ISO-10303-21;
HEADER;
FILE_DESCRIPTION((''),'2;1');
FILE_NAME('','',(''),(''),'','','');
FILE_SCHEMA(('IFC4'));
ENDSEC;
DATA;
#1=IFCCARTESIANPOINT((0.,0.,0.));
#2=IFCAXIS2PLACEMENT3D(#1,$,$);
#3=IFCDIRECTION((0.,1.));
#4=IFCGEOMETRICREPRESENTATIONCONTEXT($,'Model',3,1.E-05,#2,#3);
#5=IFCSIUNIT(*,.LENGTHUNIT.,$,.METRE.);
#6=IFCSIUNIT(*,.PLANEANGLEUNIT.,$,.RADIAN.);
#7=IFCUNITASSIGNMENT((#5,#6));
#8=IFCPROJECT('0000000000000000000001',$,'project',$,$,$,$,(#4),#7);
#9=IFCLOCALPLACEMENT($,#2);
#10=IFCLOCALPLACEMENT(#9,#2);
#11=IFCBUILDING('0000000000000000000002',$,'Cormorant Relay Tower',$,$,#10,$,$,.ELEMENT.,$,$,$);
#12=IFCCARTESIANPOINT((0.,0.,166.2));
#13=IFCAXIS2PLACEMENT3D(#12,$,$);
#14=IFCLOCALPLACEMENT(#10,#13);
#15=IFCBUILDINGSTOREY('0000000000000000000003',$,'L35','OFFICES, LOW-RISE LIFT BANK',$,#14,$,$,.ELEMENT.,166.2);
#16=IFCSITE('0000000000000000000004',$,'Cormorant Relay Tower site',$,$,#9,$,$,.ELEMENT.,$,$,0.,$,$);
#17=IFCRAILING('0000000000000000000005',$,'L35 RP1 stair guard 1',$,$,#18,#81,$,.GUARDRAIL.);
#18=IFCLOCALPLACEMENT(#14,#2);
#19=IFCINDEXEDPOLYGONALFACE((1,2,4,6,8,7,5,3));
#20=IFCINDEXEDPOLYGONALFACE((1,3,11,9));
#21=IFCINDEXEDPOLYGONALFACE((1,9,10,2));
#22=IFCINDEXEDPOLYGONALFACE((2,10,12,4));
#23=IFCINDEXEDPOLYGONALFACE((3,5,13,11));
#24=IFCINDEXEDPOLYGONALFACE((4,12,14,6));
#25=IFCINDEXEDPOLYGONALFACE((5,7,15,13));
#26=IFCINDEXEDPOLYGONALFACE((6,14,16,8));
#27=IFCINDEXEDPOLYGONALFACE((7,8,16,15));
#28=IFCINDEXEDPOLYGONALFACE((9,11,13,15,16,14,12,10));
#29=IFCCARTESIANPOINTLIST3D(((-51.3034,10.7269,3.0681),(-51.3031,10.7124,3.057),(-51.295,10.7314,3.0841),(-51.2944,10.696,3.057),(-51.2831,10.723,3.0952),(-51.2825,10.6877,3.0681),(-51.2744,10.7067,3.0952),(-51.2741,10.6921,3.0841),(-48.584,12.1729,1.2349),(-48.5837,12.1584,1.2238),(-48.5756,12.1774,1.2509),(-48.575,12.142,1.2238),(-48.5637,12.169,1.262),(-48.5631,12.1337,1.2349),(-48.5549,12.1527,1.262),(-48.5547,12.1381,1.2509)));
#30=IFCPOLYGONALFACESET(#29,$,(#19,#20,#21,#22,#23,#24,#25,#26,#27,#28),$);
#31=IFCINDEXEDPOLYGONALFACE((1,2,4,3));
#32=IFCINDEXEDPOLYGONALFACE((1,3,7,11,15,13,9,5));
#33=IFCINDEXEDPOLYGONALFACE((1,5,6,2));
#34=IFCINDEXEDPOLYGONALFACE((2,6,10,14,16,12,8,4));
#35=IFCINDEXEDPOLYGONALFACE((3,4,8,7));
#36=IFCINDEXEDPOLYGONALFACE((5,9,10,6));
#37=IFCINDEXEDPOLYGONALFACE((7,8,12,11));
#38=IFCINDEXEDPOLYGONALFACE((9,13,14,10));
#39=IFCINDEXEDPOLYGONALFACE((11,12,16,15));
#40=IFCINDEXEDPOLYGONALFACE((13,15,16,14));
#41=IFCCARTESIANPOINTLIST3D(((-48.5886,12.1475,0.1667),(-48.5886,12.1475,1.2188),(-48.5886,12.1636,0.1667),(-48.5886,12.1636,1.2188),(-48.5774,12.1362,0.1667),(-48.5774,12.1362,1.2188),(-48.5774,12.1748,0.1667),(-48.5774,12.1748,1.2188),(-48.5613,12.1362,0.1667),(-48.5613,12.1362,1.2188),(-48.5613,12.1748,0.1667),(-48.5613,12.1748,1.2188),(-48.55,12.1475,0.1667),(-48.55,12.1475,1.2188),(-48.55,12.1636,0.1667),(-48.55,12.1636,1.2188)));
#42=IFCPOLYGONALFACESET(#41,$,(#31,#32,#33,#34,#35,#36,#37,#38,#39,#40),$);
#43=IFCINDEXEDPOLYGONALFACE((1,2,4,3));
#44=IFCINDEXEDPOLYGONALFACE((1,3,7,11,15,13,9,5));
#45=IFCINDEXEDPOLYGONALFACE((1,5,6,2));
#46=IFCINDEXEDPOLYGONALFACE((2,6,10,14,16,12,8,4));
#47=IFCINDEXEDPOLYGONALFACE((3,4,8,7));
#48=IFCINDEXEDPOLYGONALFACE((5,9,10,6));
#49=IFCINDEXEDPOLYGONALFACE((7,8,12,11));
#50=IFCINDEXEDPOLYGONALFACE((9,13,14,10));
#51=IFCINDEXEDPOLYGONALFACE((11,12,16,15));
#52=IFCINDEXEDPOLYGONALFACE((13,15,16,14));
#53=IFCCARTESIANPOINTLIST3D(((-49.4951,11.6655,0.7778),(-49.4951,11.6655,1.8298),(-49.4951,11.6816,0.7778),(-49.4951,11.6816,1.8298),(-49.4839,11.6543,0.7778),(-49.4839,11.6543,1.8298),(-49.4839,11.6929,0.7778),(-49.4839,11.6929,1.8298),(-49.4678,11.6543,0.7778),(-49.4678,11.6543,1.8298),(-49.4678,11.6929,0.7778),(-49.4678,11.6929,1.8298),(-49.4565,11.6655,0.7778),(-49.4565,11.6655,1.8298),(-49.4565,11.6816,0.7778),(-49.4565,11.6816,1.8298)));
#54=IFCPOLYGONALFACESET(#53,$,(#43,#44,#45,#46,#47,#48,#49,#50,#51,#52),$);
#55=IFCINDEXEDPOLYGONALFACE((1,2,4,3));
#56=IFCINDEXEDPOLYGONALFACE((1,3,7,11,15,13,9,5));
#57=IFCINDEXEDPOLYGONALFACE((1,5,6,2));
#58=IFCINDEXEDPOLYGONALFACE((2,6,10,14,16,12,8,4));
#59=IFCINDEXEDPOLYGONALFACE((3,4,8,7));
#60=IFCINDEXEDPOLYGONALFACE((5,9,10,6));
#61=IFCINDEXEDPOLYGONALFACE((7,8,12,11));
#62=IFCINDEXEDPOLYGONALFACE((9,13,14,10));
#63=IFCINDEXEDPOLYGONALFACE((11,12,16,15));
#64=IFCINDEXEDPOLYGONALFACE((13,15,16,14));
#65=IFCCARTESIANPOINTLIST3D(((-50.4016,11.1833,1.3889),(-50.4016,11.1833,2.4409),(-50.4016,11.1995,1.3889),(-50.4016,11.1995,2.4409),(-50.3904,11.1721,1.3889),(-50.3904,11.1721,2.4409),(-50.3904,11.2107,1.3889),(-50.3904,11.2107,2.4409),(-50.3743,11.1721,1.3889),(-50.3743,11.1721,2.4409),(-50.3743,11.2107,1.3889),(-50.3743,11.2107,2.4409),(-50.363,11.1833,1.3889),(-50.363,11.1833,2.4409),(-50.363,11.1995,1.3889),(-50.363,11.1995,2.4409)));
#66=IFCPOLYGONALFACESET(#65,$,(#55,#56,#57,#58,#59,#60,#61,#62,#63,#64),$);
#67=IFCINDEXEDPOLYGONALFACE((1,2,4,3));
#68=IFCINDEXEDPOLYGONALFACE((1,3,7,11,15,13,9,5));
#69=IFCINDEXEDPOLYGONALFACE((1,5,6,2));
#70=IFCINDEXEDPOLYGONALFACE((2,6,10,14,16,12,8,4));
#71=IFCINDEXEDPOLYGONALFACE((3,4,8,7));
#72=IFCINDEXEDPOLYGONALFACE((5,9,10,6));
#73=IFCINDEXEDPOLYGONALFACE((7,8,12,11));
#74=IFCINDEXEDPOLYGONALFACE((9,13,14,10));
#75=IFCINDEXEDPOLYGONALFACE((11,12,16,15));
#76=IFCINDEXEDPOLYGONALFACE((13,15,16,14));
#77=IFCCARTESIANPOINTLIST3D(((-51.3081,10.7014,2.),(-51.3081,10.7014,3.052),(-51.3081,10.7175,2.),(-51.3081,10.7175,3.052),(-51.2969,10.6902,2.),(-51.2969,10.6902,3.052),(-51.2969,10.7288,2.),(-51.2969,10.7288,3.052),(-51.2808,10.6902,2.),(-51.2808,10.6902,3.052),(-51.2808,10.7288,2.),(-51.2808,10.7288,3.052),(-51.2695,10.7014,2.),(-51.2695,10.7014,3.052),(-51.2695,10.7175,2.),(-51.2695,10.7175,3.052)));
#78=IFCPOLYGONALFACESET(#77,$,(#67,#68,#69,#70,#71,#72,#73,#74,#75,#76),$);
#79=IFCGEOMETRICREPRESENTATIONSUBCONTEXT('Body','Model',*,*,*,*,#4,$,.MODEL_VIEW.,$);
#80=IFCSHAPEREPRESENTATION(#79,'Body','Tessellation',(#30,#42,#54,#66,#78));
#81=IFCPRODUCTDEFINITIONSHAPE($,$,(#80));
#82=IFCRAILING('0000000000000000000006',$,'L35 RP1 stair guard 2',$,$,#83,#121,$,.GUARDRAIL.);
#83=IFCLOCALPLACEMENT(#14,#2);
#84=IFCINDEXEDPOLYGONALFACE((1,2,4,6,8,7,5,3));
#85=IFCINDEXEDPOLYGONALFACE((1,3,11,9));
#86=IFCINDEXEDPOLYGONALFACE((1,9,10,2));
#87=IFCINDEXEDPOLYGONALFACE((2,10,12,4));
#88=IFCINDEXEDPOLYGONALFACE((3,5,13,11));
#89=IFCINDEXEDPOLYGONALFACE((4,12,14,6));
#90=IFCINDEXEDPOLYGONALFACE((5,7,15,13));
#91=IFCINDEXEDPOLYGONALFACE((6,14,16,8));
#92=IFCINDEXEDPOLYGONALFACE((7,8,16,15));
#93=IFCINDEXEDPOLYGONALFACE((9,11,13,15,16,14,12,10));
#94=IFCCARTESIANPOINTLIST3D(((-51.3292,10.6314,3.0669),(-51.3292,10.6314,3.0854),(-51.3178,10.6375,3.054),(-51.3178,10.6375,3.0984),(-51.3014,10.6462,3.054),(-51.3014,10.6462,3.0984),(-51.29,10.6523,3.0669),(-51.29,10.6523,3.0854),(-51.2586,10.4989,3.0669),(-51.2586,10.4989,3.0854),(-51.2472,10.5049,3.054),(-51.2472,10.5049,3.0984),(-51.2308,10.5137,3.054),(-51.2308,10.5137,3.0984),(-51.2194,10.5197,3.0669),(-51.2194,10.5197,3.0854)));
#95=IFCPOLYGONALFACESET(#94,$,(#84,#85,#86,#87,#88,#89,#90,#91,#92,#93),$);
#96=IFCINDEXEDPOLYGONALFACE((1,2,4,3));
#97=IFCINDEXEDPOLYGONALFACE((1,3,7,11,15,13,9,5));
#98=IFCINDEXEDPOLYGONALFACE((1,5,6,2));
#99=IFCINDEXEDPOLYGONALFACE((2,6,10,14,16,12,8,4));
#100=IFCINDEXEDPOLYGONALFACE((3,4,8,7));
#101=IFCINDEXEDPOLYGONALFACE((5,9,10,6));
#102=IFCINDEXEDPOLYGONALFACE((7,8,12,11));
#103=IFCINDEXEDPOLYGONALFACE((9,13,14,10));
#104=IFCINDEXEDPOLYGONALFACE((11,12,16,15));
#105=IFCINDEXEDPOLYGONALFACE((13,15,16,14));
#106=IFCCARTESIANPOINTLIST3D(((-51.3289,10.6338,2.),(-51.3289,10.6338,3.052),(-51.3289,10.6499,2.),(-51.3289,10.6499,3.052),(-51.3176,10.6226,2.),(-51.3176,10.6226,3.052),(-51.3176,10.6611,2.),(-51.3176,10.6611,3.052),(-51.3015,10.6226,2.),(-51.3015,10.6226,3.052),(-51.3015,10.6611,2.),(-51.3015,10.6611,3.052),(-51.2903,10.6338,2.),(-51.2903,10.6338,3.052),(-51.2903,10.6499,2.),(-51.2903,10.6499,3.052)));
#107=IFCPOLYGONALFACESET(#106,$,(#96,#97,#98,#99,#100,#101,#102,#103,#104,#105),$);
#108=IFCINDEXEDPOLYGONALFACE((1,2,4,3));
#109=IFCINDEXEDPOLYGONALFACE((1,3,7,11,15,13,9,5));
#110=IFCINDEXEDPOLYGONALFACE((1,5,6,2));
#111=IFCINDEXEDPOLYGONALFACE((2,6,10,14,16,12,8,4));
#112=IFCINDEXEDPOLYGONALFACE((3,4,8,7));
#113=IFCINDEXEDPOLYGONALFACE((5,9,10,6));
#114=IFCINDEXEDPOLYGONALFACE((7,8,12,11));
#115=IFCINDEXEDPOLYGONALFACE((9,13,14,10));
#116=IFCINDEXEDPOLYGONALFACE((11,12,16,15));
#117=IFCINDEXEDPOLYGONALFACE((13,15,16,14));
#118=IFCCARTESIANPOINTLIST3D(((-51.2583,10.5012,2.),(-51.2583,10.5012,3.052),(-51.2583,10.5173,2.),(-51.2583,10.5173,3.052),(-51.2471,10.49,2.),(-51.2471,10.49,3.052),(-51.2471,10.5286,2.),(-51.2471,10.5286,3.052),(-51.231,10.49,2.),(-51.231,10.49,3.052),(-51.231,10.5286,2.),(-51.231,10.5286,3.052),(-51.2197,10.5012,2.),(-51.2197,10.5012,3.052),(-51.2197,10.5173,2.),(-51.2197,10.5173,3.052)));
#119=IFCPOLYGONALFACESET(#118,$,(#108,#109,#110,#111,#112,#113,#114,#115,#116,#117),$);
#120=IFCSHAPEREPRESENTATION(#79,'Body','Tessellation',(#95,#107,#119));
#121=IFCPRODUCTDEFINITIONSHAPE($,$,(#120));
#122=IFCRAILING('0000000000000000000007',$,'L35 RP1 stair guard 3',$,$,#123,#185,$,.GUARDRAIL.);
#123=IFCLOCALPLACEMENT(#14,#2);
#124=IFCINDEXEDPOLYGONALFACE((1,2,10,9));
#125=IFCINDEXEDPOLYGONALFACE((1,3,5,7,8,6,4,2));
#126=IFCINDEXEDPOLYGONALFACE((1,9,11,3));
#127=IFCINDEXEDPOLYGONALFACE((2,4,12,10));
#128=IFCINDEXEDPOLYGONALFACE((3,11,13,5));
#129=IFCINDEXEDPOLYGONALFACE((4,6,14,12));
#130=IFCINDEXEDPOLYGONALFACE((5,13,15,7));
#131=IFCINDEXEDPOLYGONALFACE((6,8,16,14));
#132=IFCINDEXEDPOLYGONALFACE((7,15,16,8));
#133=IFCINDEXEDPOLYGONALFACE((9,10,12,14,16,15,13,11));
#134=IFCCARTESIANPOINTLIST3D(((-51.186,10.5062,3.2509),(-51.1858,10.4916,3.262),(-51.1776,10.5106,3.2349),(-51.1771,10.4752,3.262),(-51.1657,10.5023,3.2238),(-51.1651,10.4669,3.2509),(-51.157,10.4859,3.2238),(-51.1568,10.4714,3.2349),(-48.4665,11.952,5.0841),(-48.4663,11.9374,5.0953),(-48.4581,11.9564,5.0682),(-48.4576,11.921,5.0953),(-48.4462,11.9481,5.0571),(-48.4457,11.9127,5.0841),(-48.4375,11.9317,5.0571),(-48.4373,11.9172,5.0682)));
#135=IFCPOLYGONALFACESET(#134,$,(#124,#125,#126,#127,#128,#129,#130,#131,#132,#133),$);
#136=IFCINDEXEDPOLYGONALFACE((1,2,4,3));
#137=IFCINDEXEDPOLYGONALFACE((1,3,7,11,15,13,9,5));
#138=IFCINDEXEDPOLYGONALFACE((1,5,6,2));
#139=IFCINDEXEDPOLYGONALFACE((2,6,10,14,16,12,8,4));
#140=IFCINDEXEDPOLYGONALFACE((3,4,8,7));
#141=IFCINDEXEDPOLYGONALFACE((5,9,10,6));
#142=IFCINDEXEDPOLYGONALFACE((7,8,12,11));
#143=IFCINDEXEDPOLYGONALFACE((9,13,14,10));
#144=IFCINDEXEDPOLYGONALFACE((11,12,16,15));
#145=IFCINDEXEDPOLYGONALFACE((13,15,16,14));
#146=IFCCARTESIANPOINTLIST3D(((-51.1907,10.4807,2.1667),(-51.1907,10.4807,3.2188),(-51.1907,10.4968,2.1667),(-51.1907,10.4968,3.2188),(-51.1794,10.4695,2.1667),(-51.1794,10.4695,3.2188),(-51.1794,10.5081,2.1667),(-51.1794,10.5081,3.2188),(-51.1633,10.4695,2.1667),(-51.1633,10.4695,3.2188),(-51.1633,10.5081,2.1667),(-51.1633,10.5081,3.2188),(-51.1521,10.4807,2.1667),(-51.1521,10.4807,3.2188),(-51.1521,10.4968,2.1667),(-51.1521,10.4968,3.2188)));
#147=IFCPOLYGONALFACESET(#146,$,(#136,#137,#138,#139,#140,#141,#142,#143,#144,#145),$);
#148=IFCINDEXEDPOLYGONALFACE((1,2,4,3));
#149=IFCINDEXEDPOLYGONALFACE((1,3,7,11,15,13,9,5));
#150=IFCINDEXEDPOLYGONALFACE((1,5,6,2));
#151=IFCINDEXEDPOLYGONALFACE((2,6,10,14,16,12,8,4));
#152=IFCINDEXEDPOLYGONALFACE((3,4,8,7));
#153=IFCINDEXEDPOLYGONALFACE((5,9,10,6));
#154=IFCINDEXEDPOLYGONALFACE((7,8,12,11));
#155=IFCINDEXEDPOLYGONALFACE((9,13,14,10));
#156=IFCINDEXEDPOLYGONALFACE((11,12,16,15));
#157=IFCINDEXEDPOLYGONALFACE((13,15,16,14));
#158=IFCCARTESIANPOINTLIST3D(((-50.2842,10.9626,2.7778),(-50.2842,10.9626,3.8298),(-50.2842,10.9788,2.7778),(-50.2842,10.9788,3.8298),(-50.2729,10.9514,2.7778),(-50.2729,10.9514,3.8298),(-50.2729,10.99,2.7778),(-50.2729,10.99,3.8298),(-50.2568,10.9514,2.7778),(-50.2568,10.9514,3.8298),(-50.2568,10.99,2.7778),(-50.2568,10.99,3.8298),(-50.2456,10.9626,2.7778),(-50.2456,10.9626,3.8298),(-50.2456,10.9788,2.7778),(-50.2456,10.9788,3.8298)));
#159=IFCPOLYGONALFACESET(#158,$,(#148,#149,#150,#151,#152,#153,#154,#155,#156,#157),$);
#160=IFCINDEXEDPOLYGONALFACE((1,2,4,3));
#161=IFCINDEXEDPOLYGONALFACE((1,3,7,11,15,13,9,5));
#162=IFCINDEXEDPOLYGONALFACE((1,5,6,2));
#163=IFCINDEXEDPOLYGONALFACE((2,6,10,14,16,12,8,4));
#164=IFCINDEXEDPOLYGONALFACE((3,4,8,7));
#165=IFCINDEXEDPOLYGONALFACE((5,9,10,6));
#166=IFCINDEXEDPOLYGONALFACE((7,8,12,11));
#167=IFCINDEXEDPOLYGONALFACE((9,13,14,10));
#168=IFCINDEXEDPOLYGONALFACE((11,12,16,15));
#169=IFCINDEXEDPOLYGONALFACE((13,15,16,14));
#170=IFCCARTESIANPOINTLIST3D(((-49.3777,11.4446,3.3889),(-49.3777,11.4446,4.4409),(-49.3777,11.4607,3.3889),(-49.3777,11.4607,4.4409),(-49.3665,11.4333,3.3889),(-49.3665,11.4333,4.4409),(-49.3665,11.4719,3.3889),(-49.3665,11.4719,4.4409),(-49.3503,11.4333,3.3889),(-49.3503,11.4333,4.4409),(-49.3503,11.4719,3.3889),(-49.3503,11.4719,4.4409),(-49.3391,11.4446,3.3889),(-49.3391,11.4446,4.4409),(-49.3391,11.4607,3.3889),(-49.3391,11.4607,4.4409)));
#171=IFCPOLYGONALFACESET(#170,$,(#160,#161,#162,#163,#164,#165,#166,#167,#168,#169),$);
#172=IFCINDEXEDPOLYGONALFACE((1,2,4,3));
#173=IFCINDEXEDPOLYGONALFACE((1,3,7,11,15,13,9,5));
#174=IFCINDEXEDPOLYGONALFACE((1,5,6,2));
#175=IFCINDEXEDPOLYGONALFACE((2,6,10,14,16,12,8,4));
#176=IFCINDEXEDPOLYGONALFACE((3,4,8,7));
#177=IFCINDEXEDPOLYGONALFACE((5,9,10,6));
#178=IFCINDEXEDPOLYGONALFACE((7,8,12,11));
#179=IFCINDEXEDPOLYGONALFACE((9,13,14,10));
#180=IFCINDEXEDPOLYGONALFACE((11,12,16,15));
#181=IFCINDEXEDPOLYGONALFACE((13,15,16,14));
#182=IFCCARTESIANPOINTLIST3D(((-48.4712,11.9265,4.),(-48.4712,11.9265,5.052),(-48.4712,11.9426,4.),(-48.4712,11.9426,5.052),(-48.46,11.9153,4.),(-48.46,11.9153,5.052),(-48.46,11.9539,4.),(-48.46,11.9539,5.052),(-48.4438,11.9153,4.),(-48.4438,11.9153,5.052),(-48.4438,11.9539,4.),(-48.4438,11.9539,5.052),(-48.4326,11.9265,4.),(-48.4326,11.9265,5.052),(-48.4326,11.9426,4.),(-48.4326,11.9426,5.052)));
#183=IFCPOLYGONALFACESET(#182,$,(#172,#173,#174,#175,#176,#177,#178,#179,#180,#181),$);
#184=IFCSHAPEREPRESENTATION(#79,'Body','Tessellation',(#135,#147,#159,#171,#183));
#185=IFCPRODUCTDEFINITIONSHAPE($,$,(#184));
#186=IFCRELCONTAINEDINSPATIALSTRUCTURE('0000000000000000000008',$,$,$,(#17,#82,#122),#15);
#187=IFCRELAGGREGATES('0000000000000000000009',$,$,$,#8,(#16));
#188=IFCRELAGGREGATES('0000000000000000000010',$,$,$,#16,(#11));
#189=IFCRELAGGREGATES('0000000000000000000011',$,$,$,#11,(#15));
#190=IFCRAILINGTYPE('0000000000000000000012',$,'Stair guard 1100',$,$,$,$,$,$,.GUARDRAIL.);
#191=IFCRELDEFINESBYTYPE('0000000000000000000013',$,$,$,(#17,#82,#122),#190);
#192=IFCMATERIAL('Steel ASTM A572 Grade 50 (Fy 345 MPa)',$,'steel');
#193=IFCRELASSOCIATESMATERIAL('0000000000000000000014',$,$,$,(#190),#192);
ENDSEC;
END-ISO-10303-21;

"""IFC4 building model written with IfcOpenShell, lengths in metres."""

from ifc_helpers import new_model, si_unit, direction, frame, origin, place, context, subcontext, project, spatial, polyline, outline, extrude, material, type_object, element, save


model = new_model("IFC4")

# Units and contexts
model_context = context("Model", 3, precision=1e-05, world=origin(), true_north=direction((0.0, 1.0)))
body_context = subcontext(model_context, "Body", "Model", "MODEL_VIEW")
ifc_project = project(units=[si_unit("LENGTHUNIT", "METRE"), si_unit("PLANEANGLEUNIT", "RADIAN")], contexts=[model_context])

# Site, building, storey
site_placement = place(None, origin())
site = spatial("IfcSite", under=ifc_project, at=site_placement, Name="Cormorant Relay Tower site", CompositionType="ELEMENT", RefElevation=0.0)
building_placement = place(site_placement, origin())
building = spatial("IfcBuilding", under=site, at=building_placement, Name="Cormorant Relay Tower", CompositionType="ELEMENT")
storey_placement = place(building_placement, frame((0.0, 0.0, 166.2)))
storey = spatial("IfcBuildingStorey", under=building, at=storey_placement, Name="L35", Description="OFFICES, LOW-RISE LIFT BANK", CompositionType="ELEMENT", Elevation=166.2)

# Railings
ifc_material_1 = material(Name="Steel ASTM A572 Grade 50 (Fy 345 MPa)", Category="steel")
railing_type_1 = type_object("IfcRailingType", Name="Stair guard 1100", PredefinedType="GUARDRAIL", material=ifc_material_1)
railing_1_placement = place(storey_placement, frame((-48.5693, 12.1555, 0.1667)))
element("IfcRailing", 1, at=railing_1_placement, inside=storey, type_object=railing_type_1, Name="L35 RP1 stair guard 1", PredefinedType="GUARDRAIL", context=body_context, shape_type="SweptSolid", body=[
    extrude(outline(polyline([(0.0222, 0.0093), (0.0093, 0.0222), (-0.0093, 0.0222), (-0.0222, 0.0093), (-0.0222, -0.0093), (-0.0093, -0.0222), (0.0093, -0.0222), (0.0222, -0.0093), (0.0222, 0.0093)])), frame((0.0, 0.0, 1.0762), z_axis=(-0.758714, -0.403435, 0.511463), x_axis=(0.469489, -0.882938, 0.0)), (0.0, 0.0, 1.0), 3.5842),
    extrude(outline(polyline([(0.0193, 0.0081), (0.0081, 0.0193), (-0.0081, 0.0193), (-0.0193, 0.0081), (-0.0193, -0.0081), (-0.0081, -0.0193), (0.0081, -0.0193), (0.0193, -0.0081), (0.0193, 0.0081)])), origin(), (0.0, 0.0, 1.0), 1.052),
    extrude(outline(polyline([(0.0193, 0.0081), (0.0081, 0.0193), (-0.0081, 0.0193), (-0.0193, 0.0081), (-0.0193, -0.0081), (-0.0081, -0.0193), (0.0081, -0.0193), (0.0193, -0.0081), (0.0193, 0.0081)])), frame((-0.9065, -0.4819, 0.6111)), (0.0, 0.0, 1.0), 1.052),
    extrude(outline(polyline([(0.0193, 0.0081), (0.0081, 0.0193), (-0.0081, 0.0193), (-0.0193, 0.0081), (-0.0193, -0.0081), (-0.0081, -0.0193), (0.0081, -0.0193), (0.0193, -0.0081), (0.0193, 0.0081)])), frame((-1.813, -0.9641, 1.2222)), (0.0, 0.0, 1.0), 1.052),
    extrude(outline(polyline([(0.0193, 0.0081), (0.0081, 0.0193), (-0.0081, 0.0193), (-0.0193, 0.0081), (-0.0193, -0.0081), (-0.0081, -0.0193), (0.0081, -0.0193), (0.0193, -0.0081), (0.0193, 0.0081)])), frame((-2.7195, -1.446, 1.8333)), (0.0, 0.0, 1.0), 1.052),
])
railing_2_placement = place(storey_placement, frame((-51.3096, 10.6418, 2.0)))
element("IfcRailing", 2, at=railing_2_placement, inside=storey, type_object=railing_type_1, Name="L35 RP1 stair guard 2", PredefinedType="GUARDRAIL", context=body_context, shape_type="SweptSolid", body=[
    extrude(outline(polyline([(0.0222, 0.0093), (0.0093, 0.0222), (-0.0093, 0.0222), (-0.0222, 0.0093), (-0.0222, -0.0093), (-0.0093, -0.0222), (0.0093, -0.0222), (0.0222, -0.0093), (0.0222, 0.0093)])), frame((0.0, 0.0, 1.0762), z_axis=(0.469829, -0.882758, 0.0), x_axis=(0.882758, 0.469829, 0.0)), (0.0, 0.0, 1.0), 0.1501),
    extrude(outline(polyline([(0.0193, 0.0081), (0.0081, 0.0193), (-0.0081, 0.0193), (-0.0193, 0.0081), (-0.0193, -0.0081), (-0.0081, -0.0193), (0.0081, -0.0193), (0.0193, -0.0081), (0.0193, 0.0081)])), origin(), (0.0, 0.0, 1.0), 1.052),
    extrude(outline(polyline([(0.0193, 0.0081), (0.0081, 0.0193), (-0.0081, 0.0193), (-0.0193, 0.0081), (-0.0193, -0.0081), (-0.0081, -0.0193), (0.0081, -0.0193), (0.0193, -0.0081), (0.0193, 0.0081)])), frame((0.0706, -0.1326, 0.0)), (0.0, 0.0, 1.0), 1.052),
])
railing_3_placement = place(storey_placement, frame((-51.1714, 10.4888, 2.1667)))
element("IfcRailing", 3, at=railing_3_placement, inside=storey, type_object=railing_type_1, Name="L35 RP1 stair guard 3", PredefinedType="GUARDRAIL", context=body_context, shape_type="SweptSolid", body=[
    extrude(outline(polyline([(0.0222, 0.0093), (0.0093, 0.0222), (-0.0093, 0.0222), (-0.0222, 0.0093), (-0.0222, -0.0093), (-0.0093, -0.0222), (0.0093, -0.0222), (0.0222, -0.0093), (0.0222, 0.0093)])), frame((0.0, 0.0, 1.0762), z_axis=(0.758735, 0.403378, 0.511477), x_axis=(-0.469428, 0.882971, 0.0)), (0.0, 0.0, 1.0), 3.5842),
    extrude(outline(polyline([(0.0193, 0.0081), (0.0081, 0.0193), (-0.0081, 0.0193), (-0.0193, 0.0081), (-0.0193, -0.0081), (-0.0081, -0.0193), (0.0081, -0.0193), (0.0193, -0.0081), (0.0193, 0.0081)])), origin(), (0.0, 0.0, 1.0), 1.052),
    extrude(outline(polyline([(0.0193, 0.0081), (0.0081, 0.0193), (-0.0081, 0.0193), (-0.0193, 0.0081), (-0.0193, -0.0081), (-0.0081, -0.0193), (0.0081, -0.0193), (0.0193, -0.0081), (0.0193, 0.0081)])), frame((0.9065, 0.4819, 0.6111)), (0.0, 0.0, 1.0), 1.052),
    extrude(outline(polyline([(0.0193, 0.0081), (0.0081, 0.0193), (-0.0081, 0.0193), (-0.0193, 0.0081), (-0.0193, -0.0081), (-0.0081, -0.0193), (0.0081, -0.0193), (0.0193, -0.0081), (0.0193, 0.0081)])), frame((1.813, 0.9639, 1.2222)), (0.0, 0.0, 1.0), 1.052),
    extrude(outline(polyline([(0.0193, 0.0081), (0.0081, 0.0193), (-0.0081, 0.0193), (-0.0193, 0.0081), (-0.0193, -0.0081), (-0.0081, -0.0193), (0.0081, -0.0193), (0.0193, -0.0081), (0.0193, 0.0081)])), frame((2.7195, 1.4458, 1.8333)), (0.0, 0.0, 1.0), 1.052),
])

save(model, "model.ifc")
